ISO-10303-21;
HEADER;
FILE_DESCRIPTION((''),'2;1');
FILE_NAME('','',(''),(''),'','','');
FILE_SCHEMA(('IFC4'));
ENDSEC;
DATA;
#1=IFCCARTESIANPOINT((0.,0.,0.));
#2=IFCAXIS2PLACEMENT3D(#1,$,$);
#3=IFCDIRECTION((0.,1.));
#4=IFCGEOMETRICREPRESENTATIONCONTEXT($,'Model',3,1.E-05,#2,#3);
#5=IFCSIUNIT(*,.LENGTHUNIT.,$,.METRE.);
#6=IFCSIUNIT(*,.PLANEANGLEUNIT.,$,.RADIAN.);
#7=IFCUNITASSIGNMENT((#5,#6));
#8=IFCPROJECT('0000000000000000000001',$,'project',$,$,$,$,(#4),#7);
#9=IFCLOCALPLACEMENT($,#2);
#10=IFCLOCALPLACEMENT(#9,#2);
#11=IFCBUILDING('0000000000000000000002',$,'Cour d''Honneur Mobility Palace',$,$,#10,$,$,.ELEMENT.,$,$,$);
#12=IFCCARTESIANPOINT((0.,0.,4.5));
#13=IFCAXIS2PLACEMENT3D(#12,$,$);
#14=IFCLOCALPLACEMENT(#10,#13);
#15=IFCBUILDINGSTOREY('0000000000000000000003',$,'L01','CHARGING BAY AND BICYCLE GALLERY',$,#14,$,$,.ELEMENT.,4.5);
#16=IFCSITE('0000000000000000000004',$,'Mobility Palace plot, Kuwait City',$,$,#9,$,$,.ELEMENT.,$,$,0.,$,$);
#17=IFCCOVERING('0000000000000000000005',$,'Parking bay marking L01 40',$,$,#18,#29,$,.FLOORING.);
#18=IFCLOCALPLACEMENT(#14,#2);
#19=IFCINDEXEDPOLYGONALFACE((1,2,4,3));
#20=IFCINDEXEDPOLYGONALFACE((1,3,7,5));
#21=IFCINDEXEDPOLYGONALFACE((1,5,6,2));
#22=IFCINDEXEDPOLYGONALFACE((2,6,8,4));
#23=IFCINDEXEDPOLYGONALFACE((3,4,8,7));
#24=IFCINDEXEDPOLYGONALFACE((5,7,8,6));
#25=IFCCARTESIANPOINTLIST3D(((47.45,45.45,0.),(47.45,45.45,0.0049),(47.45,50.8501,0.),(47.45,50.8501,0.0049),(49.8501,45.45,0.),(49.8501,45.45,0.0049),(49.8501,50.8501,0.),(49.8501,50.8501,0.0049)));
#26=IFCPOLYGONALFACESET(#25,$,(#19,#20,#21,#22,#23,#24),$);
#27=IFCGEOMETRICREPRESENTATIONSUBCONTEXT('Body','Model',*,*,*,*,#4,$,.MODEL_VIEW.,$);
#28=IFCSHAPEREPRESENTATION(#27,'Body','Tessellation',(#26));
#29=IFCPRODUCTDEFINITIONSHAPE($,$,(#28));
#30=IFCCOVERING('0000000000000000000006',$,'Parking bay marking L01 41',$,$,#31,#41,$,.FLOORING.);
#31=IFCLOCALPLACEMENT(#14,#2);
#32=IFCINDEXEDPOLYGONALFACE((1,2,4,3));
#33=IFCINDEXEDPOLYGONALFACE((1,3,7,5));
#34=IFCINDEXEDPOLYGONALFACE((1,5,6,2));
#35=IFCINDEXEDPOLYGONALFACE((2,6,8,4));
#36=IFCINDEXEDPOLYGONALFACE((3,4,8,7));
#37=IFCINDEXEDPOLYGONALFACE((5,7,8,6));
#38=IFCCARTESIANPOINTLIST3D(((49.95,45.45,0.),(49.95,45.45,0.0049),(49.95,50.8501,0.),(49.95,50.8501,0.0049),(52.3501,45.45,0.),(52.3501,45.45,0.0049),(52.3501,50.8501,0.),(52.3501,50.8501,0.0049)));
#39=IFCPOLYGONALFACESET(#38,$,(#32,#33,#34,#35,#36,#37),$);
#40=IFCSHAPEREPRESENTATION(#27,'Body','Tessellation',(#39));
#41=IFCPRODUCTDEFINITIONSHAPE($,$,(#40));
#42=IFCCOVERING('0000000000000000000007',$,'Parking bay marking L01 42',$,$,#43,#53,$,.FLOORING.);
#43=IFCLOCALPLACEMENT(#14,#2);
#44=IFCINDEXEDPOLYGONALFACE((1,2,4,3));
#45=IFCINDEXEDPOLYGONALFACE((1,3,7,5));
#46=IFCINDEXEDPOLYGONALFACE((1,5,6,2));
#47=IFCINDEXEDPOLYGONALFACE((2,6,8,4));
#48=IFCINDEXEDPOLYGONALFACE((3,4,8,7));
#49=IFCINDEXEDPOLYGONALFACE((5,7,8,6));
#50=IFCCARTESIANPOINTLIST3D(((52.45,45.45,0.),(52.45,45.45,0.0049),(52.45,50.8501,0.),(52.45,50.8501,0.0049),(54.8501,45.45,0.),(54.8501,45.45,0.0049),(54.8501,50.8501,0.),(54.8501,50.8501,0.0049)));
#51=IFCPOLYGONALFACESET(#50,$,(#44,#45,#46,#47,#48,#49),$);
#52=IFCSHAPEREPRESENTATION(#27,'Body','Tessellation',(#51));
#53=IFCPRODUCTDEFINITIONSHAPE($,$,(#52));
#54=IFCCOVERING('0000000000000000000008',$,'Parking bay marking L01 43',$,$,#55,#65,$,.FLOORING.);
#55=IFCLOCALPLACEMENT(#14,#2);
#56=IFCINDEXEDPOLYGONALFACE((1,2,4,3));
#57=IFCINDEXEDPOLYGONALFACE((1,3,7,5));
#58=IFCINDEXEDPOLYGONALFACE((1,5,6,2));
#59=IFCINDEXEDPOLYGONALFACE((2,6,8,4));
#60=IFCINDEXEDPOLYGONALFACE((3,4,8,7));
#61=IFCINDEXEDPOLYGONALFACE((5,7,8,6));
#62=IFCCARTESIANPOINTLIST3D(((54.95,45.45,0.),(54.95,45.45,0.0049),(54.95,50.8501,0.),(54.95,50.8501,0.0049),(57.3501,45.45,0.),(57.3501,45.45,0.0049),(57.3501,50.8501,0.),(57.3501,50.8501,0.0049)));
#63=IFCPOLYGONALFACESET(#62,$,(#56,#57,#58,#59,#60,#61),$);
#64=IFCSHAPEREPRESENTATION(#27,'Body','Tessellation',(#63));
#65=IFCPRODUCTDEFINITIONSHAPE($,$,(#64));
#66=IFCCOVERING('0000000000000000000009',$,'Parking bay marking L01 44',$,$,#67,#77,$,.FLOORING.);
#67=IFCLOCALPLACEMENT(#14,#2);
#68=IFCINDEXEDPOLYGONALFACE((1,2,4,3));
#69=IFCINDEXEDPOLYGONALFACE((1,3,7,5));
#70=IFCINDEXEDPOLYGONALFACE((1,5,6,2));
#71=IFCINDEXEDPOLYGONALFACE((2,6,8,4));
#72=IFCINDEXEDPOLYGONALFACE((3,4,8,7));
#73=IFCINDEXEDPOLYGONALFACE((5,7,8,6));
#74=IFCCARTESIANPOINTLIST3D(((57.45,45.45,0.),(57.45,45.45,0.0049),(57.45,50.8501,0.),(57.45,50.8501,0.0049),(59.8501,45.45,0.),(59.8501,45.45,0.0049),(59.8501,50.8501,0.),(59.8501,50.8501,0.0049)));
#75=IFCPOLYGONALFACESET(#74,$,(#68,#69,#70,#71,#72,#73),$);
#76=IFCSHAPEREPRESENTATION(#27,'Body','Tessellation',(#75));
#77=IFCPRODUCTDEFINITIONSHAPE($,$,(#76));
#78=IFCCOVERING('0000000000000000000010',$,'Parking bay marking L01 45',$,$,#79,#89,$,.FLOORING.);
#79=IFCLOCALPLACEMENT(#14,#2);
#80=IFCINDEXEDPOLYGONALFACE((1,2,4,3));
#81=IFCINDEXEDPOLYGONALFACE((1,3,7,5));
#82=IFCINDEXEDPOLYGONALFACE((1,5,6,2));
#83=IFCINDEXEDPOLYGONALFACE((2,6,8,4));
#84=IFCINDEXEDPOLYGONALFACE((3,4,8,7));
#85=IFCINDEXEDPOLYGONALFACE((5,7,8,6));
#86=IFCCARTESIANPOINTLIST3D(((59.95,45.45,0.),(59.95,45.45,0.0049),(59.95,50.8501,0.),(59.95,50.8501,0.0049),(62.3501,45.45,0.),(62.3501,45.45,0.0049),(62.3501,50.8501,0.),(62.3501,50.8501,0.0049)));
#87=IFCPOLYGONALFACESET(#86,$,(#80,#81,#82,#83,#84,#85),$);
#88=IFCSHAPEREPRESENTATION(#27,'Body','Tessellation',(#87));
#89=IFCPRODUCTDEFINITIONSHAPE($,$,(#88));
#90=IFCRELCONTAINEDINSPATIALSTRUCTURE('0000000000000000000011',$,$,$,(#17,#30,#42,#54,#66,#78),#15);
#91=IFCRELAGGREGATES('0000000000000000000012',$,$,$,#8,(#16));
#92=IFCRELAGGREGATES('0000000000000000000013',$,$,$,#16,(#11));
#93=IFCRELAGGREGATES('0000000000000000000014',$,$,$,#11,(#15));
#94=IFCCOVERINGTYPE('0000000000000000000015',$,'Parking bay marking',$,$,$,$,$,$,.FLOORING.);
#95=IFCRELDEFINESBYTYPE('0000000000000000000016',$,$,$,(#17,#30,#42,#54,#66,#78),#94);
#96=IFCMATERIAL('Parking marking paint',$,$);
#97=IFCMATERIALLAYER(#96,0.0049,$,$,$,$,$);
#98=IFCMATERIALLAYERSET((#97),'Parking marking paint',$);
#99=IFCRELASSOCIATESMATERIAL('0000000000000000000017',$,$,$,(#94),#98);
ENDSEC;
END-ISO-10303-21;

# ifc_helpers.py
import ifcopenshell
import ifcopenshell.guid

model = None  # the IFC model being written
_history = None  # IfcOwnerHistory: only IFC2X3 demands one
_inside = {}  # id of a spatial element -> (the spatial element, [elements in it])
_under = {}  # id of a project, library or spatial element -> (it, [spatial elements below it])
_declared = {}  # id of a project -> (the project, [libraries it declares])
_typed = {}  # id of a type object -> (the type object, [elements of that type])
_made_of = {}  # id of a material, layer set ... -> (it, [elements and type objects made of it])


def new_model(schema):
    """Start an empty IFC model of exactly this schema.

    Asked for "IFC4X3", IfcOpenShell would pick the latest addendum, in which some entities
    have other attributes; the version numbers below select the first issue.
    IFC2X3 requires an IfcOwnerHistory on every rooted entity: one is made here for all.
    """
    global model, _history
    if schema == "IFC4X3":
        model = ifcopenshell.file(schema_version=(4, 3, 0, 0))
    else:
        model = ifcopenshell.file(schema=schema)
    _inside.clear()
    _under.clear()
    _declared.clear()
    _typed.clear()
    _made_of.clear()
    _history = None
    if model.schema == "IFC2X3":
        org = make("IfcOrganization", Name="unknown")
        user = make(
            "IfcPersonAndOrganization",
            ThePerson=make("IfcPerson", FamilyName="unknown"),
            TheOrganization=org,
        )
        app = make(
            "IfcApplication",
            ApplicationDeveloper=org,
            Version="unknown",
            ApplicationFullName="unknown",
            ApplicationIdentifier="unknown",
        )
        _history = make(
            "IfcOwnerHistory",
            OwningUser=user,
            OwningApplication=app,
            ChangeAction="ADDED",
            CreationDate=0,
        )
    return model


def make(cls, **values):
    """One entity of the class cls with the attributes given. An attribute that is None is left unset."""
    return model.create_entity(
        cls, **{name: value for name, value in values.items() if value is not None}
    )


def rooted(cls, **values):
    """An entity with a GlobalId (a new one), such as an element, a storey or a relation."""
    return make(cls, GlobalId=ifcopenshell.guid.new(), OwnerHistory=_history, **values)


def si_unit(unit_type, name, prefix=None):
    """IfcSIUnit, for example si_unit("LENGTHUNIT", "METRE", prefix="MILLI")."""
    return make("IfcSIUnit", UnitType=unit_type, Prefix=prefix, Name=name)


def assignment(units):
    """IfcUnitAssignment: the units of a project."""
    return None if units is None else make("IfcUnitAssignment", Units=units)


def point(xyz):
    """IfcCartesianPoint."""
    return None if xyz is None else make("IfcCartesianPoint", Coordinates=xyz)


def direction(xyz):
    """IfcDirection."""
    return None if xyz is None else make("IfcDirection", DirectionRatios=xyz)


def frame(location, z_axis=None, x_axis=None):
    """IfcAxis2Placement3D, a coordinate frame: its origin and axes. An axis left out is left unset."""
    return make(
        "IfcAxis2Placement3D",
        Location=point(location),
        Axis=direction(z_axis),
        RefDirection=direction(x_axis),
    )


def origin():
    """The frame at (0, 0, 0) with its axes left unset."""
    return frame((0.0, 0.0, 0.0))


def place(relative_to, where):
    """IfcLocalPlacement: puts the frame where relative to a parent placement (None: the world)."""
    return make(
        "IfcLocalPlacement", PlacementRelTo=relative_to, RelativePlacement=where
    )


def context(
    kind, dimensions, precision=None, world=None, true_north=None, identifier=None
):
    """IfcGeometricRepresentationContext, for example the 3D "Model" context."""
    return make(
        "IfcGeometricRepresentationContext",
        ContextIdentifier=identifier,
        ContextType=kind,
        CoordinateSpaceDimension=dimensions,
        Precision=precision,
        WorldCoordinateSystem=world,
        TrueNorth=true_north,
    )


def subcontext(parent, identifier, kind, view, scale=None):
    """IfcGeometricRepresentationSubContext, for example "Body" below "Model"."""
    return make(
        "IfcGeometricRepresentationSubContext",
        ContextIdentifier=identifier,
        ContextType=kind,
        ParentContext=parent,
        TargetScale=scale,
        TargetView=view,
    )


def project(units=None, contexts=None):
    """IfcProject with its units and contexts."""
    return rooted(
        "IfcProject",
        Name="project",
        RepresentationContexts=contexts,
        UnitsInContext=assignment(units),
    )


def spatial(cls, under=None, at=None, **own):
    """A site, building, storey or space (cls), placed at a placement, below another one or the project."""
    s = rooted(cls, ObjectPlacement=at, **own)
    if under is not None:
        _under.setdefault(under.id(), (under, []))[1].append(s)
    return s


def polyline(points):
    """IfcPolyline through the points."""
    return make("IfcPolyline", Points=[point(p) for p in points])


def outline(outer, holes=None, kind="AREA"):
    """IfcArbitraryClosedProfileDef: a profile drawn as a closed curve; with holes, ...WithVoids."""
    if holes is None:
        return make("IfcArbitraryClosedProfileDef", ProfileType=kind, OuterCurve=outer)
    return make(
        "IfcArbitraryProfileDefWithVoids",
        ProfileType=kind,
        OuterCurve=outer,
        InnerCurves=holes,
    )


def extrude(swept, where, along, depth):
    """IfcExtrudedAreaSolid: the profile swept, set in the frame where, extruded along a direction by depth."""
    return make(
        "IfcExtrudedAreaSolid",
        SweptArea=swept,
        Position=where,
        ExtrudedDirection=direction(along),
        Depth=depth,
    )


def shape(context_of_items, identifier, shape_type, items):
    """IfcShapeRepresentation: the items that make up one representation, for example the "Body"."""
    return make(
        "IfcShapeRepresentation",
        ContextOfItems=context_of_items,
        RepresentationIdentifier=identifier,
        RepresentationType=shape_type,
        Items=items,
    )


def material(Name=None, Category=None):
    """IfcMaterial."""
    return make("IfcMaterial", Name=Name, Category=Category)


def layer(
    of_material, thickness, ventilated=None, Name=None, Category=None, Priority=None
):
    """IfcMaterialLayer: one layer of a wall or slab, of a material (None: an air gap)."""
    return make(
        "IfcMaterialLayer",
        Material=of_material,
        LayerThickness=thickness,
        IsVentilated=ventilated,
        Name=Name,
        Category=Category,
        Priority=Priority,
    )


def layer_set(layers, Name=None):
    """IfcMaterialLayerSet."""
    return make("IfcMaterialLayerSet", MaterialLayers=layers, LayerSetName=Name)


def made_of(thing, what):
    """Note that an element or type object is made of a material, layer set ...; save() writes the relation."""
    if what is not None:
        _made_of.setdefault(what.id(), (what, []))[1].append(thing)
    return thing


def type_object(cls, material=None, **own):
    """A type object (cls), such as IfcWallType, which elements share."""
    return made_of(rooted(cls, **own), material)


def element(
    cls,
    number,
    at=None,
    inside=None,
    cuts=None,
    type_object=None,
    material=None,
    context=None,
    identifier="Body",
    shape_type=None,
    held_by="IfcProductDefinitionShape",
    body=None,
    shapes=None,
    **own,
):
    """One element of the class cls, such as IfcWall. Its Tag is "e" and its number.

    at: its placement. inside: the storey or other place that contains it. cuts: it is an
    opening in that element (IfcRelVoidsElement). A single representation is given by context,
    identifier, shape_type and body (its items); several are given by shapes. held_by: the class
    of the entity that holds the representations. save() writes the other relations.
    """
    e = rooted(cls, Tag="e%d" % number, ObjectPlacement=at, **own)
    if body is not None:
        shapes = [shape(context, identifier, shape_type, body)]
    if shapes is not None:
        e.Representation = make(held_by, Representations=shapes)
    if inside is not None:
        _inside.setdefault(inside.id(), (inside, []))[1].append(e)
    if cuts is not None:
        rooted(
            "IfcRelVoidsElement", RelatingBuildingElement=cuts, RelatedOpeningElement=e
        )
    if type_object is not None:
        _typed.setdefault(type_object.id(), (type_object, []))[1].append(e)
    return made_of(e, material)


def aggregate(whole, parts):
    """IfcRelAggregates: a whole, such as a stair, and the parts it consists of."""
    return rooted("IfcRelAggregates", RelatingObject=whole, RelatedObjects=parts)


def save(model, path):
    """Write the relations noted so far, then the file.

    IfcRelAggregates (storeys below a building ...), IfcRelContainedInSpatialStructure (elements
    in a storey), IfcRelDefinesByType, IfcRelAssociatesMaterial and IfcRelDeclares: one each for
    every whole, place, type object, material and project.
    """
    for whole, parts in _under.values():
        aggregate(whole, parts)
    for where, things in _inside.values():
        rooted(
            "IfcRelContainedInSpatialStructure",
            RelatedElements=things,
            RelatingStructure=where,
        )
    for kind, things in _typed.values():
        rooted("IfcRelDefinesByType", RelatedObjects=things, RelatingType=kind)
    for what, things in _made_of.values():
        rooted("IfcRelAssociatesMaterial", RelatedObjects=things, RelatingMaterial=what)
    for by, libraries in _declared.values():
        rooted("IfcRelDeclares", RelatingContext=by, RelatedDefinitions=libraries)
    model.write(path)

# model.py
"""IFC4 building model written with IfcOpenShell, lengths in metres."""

from ifc_helpers import new_model, si_unit, direction, frame, origin, place, context, subcontext, project, spatial, polyline, outline, extrude, material, layer, layer_set, type_object, element, save


model = new_model("IFC4")

# Units and contexts
model_context = context("Model", 3, precision=1e-05, world=origin(), true_north=direction((0.0, 1.0)))
body_context = subcontext(model_context, "Body", "Model", "MODEL_VIEW")
ifc_project = project(units=[si_unit("LENGTHUNIT", "METRE"), si_unit("PLANEANGLEUNIT", "RADIAN")], contexts=[model_context])

# Site, building, storey
site_placement = place(None, origin())
site = spatial("IfcSite", under=ifc_project, at=site_placement, Name="Mobility Palace plot, Kuwait City", CompositionType="ELEMENT", RefElevation=0.0)
building_placement = place(site_placement, origin())
building = spatial("IfcBuilding", under=site, at=building_placement, Name="Cour d'Honneur Mobility Palace", CompositionType="ELEMENT")
storey_placement = place(building_placement, frame((0.0, 0.0, 4.5)))
storey = spatial("IfcBuildingStorey", under=building, at=storey_placement, Name="L01", Description="CHARGING BAY AND BICYCLE GALLERY", CompositionType="ELEMENT", Elevation=4.5)

# Coverings
ifc_material = material(Name="Parking marking paint")
ifc_layer = layer(ifc_material, 0.0049)
ifc_layer_set = layer_set([ifc_layer], Name="Parking marking paint")
covering_type = type_object("IfcCoveringType", Name="Parking bay marking", PredefinedType="FLOORING", material=ifc_layer_set)
covering_1_placement = place(storey_placement, origin())
element("IfcCovering", 1, at=covering_1_placement, inside=storey, type_object=covering_type, Name="Parking bay marking L01 40", PredefinedType="FLOORING", context=body_context, shape_type="SweptSolid", body=[
    extrude(outline(polyline([(49.8501, 45.45), (47.45, 45.45), (47.45, 50.8501), (49.8501, 50.8501), (49.8501, 45.45)])), origin(), (0.0, 0.0, 1.0), 0.0049),
])
covering_2_placement = place(storey_placement, origin())
element("IfcCovering", 2, at=covering_2_placement, inside=storey, type_object=covering_type, Name="Parking bay marking L01 41", PredefinedType="FLOORING", context=body_context, shape_type="SweptSolid", body=[
    extrude(outline(polyline([(52.3501, 45.45), (49.95, 45.45), (49.95, 50.8501), (52.3501, 50.8501), (52.3501, 45.45)])), origin(), (0.0, 0.0, 1.0), 0.0049),
])
covering_3_placement = place(storey_placement, origin())
element("IfcCovering", 3, at=covering_3_placement, inside=storey, type_object=covering_type, Name="Parking bay marking L01 42", PredefinedType="FLOORING", context=body_context, shape_type="SweptSolid", body=[
    extrude(outline(polyline([(54.8501, 45.45), (52.45, 45.45), (52.45, 50.8501), (54.8501, 50.8501), (54.8501, 45.45)])), origin(), (0.0, 0.0, 1.0), 0.0049),
])
covering_4_placement = place(storey_placement, origin())
element("IfcCovering", 4, at=covering_4_placement, inside=storey, type_object=covering_type, Name="Parking bay marking L01 43", PredefinedType="FLOORING", context=body_context, shape_type="SweptSolid", body=[
    extrude(outline(polyline([(57.3501, 45.45), (54.95, 45.45), (54.95, 50.8501), (57.3501, 50.8501), (57.3501, 45.45)])), origin(), (0.0, 0.0, 1.0), 0.0049),
])
covering_5_placement = place(storey_placement, origin())
element("IfcCovering", 5, at=covering_5_placement, inside=storey, type_object=covering_type, Name="Parking bay marking L01 44", PredefinedType="FLOORING", context=body_context, shape_type="SweptSolid", body=[
    extrude(outline(polyline([(59.8501, 45.45), (57.45, 45.45), (57.45, 50.8501), (59.8501, 50.8501), (59.8501, 45.45)])), origin(), (0.0, 0.0, 1.0), 0.0049),
])
covering_6_placement = place(storey_placement, origin())
element("IfcCovering", 6, at=covering_6_placement, inside=storey, type_object=covering_type, Name="Parking bay marking L01 45", PredefinedType="FLOORING", context=body_context, shape_type="SweptSolid", body=[
    extrude(outline(polyline([(62.3501, 45.45), (59.95, 45.45), (59.95, 50.8501), (62.3501, 50.8501), (62.3501, 45.45)])), origin(), (0.0, 0.0, 1.0), 0.0049),
])

save(model, "model.ifc")
